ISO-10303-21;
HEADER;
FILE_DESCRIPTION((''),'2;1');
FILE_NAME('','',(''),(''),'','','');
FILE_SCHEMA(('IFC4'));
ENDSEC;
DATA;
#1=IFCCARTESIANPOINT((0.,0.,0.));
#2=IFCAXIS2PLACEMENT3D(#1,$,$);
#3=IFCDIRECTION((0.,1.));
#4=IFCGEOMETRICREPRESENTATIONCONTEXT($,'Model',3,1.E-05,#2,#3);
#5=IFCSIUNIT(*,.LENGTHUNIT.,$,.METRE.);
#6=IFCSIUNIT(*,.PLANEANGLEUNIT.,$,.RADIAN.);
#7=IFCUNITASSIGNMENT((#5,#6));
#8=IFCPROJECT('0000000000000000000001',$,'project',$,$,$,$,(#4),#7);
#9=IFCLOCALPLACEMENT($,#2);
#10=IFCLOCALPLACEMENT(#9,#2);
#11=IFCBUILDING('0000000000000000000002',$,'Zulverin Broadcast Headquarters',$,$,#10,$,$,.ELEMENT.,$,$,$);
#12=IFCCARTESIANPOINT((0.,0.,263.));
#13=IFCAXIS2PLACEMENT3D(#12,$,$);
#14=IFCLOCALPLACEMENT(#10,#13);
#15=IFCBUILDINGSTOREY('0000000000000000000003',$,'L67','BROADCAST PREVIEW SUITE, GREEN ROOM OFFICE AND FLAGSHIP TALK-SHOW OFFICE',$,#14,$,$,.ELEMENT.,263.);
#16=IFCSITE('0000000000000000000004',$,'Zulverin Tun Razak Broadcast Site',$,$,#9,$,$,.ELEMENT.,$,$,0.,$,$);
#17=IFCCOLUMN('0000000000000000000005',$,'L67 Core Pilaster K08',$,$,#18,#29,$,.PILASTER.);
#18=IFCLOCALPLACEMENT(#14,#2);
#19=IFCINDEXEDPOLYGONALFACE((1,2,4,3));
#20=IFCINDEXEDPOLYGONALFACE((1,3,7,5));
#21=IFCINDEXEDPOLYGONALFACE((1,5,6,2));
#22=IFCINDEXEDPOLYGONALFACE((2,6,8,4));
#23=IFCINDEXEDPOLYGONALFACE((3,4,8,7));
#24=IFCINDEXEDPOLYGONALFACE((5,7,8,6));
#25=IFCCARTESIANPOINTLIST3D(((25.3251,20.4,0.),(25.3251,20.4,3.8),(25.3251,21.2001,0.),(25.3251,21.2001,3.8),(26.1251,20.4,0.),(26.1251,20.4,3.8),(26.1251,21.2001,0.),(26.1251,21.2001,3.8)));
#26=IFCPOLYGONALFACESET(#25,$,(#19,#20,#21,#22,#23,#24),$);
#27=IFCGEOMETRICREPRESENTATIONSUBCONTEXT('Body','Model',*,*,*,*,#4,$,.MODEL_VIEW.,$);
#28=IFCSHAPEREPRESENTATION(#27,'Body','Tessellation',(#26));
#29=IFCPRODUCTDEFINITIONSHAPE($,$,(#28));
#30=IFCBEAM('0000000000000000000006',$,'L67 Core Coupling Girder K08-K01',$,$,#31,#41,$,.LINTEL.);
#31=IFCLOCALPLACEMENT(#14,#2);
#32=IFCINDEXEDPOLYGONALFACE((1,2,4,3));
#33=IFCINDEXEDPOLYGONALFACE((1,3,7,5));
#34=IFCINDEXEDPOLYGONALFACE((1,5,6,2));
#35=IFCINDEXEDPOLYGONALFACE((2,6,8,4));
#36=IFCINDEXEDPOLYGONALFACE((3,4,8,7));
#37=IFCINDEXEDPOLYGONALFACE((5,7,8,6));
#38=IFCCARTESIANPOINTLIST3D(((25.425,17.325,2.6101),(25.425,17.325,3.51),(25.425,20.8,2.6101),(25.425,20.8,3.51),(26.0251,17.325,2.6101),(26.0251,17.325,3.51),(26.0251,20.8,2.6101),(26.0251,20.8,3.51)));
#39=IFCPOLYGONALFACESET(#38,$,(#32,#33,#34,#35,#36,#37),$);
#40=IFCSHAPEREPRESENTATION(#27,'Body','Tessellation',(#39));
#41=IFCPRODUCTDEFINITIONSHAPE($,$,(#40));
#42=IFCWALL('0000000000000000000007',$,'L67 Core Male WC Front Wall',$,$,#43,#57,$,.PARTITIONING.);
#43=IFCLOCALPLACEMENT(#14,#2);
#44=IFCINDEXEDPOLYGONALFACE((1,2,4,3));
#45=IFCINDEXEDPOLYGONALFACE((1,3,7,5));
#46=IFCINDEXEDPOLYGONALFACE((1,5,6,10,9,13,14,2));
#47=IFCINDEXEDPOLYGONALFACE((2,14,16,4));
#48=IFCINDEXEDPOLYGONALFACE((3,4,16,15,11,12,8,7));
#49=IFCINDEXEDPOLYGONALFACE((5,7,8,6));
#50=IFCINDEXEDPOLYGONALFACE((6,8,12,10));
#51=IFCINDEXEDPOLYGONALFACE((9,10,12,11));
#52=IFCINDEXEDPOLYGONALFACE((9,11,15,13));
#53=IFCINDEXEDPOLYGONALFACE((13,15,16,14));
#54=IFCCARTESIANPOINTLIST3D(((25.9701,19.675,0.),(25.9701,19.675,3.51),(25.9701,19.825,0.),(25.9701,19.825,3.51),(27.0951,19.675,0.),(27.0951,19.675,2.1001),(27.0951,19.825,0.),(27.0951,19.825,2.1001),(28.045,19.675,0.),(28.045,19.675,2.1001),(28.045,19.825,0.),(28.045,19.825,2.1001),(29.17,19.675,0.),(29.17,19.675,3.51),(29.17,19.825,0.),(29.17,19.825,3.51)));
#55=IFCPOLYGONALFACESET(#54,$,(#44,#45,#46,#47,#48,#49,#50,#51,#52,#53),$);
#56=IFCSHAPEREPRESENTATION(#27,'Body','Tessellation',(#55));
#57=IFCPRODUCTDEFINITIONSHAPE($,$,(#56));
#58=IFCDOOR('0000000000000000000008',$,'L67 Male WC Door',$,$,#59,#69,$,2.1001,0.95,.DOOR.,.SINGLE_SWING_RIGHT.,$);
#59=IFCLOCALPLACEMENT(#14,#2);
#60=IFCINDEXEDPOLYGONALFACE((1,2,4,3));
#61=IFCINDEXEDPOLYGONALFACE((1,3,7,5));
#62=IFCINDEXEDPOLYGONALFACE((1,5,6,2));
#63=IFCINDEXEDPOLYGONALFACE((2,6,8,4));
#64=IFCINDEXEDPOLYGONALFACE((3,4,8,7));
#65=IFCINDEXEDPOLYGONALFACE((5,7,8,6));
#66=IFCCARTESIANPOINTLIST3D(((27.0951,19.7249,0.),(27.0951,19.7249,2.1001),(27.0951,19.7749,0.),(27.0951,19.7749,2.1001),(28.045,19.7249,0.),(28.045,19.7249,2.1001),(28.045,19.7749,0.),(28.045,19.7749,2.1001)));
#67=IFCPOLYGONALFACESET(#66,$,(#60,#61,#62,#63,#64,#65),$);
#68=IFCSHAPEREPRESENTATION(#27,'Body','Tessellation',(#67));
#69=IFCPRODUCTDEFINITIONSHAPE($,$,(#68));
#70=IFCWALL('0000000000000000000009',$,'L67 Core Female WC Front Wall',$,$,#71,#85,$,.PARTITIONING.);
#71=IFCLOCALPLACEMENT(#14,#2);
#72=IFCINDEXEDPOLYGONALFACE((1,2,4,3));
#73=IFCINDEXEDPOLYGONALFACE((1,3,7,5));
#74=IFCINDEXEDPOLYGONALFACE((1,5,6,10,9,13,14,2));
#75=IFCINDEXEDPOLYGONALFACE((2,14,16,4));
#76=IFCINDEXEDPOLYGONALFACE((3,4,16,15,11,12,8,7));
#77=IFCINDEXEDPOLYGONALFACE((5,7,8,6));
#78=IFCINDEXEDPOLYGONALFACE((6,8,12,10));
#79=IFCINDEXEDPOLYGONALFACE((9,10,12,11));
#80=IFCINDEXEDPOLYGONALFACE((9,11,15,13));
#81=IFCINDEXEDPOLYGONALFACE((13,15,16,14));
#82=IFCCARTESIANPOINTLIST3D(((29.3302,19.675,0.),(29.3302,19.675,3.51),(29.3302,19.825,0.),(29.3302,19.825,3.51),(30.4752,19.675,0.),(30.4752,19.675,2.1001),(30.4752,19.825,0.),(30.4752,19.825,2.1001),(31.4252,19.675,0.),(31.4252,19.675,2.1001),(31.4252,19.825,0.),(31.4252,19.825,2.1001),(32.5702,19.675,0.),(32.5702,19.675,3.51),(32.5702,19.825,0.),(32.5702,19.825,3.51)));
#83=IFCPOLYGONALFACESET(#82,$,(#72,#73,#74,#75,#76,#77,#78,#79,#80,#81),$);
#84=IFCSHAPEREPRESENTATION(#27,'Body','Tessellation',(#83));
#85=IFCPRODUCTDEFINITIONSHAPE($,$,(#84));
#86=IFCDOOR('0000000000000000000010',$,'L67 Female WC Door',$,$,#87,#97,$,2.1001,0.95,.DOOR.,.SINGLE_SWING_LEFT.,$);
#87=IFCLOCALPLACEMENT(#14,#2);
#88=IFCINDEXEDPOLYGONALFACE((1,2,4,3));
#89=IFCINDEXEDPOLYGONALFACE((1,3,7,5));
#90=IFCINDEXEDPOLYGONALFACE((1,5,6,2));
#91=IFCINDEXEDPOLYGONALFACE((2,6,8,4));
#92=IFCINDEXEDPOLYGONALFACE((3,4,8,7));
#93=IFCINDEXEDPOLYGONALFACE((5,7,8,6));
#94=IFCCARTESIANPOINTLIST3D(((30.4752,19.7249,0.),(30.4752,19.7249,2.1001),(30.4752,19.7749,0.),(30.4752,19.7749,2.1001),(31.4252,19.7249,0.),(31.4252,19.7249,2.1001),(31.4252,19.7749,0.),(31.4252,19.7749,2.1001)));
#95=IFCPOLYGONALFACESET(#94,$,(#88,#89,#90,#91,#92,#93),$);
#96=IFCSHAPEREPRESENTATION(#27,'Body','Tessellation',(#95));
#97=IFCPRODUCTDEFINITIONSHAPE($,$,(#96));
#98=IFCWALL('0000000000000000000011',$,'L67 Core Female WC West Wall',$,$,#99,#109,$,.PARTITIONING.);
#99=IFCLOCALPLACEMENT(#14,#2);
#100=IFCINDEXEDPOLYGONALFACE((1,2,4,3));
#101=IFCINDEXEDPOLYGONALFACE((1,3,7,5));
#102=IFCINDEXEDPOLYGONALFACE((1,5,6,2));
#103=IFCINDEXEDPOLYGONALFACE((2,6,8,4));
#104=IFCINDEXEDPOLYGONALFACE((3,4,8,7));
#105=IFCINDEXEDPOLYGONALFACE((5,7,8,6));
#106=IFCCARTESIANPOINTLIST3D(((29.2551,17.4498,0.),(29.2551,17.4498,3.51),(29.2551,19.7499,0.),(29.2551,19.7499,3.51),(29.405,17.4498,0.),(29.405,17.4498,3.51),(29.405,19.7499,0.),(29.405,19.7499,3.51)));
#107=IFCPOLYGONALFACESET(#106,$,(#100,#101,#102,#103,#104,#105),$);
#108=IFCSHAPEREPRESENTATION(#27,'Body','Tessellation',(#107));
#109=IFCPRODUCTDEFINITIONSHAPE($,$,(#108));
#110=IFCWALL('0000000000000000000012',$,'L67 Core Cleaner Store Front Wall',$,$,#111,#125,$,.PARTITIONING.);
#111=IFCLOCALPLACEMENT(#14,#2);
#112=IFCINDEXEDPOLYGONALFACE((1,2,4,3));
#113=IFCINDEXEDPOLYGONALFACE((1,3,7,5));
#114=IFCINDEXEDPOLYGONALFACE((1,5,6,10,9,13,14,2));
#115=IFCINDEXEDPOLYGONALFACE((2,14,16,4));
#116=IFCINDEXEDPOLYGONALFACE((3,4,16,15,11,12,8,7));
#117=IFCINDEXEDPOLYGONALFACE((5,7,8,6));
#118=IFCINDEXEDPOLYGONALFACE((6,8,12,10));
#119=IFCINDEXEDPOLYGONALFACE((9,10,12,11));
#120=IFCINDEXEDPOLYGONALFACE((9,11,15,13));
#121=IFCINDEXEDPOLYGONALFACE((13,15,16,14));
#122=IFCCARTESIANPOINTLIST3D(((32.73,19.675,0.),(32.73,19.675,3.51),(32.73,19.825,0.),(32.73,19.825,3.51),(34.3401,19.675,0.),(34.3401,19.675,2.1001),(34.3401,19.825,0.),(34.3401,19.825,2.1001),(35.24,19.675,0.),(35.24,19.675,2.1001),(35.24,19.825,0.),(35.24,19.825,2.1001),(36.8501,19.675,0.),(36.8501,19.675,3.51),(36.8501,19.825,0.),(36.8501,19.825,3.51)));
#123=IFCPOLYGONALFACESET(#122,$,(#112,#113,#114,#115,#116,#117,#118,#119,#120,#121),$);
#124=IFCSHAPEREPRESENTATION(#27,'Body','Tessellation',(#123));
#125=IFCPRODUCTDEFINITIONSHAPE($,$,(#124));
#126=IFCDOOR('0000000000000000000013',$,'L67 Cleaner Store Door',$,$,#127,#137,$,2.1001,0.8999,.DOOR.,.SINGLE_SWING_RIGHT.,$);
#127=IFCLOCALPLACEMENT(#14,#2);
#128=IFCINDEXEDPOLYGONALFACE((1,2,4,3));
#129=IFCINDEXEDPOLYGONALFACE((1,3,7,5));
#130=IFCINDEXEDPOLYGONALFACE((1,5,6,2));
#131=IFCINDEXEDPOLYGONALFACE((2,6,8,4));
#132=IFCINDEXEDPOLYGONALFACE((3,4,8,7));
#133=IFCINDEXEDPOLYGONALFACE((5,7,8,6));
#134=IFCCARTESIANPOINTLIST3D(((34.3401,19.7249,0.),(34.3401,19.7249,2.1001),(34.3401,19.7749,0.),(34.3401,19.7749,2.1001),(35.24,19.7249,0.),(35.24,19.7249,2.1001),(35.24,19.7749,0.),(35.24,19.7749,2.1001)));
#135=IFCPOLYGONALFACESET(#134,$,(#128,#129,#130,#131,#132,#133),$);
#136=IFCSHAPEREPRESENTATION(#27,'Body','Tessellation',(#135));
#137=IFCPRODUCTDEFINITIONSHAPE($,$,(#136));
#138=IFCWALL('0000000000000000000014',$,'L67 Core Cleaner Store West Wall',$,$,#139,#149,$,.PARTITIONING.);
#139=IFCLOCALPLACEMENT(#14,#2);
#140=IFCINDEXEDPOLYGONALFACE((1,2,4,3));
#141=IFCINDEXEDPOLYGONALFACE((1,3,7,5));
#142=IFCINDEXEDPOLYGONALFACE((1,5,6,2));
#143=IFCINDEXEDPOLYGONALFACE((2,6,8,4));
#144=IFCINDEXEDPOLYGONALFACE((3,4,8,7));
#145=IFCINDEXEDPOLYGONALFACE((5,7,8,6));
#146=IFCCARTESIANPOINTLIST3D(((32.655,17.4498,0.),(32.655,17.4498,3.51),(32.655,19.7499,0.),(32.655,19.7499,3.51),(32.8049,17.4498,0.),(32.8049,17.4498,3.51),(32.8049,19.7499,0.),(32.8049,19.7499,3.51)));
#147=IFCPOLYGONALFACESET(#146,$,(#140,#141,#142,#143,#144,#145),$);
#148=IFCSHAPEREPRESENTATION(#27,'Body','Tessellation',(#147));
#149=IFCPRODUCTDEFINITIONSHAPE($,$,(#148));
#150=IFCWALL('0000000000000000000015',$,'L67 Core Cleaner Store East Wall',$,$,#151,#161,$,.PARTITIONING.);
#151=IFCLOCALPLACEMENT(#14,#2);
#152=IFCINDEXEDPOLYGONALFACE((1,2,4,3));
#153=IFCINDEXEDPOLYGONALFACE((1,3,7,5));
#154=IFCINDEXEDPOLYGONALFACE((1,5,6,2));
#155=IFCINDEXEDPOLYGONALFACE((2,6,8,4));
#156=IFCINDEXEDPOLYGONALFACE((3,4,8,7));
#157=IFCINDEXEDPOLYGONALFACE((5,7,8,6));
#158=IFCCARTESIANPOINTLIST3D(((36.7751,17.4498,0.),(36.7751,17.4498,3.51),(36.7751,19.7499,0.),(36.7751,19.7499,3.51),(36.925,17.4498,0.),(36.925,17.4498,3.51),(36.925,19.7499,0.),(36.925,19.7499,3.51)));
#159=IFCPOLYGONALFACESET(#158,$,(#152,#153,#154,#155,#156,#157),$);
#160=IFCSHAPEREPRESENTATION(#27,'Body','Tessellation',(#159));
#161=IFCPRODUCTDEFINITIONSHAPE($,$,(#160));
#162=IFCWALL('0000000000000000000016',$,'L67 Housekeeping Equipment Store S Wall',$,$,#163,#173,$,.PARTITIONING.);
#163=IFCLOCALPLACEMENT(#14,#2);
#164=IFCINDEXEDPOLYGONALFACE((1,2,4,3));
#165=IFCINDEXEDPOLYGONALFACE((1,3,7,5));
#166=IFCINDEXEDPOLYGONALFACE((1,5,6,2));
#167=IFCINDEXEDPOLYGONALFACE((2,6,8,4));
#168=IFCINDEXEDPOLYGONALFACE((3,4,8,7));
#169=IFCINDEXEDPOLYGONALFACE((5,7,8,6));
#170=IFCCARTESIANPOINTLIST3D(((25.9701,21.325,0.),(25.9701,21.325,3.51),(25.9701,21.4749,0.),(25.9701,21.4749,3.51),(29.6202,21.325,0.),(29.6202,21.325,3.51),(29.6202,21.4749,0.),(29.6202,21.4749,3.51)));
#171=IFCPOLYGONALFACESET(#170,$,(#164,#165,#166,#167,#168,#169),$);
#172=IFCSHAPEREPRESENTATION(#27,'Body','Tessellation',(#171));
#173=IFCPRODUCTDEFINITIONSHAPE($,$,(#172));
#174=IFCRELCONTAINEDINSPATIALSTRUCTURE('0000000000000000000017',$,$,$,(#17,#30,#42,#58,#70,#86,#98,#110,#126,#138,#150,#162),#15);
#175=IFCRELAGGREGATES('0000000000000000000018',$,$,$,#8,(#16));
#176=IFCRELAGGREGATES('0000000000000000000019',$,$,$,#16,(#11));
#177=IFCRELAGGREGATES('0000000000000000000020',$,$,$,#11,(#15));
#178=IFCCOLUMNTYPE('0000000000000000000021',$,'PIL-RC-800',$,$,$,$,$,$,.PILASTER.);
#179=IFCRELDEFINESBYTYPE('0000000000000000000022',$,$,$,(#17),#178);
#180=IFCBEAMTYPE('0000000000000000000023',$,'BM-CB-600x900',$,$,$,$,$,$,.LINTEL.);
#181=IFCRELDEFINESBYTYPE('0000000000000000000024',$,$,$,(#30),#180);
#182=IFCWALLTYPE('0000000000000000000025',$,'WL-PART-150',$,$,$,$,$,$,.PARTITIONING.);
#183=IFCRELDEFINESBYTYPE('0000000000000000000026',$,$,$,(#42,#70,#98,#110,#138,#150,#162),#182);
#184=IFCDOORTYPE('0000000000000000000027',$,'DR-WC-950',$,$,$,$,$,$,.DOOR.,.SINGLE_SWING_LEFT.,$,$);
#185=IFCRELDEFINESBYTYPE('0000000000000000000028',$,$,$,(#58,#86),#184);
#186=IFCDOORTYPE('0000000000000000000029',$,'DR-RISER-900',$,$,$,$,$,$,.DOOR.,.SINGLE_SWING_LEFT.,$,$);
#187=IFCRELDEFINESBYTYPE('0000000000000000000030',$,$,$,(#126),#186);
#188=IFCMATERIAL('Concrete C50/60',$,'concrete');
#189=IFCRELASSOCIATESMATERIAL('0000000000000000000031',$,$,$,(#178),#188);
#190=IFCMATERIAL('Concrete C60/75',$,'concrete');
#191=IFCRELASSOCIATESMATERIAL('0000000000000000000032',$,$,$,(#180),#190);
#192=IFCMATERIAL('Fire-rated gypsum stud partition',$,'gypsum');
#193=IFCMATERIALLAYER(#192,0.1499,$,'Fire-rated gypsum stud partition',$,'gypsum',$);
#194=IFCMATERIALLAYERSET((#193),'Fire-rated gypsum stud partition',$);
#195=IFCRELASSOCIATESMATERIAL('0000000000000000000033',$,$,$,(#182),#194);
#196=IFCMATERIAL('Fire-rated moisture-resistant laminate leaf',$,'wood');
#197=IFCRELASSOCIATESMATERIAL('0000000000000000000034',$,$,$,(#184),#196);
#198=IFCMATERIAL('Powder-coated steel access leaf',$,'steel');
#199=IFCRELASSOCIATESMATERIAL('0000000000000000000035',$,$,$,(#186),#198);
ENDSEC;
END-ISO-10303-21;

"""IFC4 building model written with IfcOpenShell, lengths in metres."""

from ifc_helpers import new_model, si_unit, direction, frame, frame_2d, origin, origin_2d, place, context, subcontext, project, spatial, rectangle, extrude, material, layer, layer_set, material_profile, profile_set, type_object, element, fill, save


model = new_model("IFC4")

# Units and contexts
model_context = context("Model", 3, precision=1e-05, world=origin(), true_north=direction((0.0, 1.0)))
body_context = subcontext(model_context, "Body", "Model", "MODEL_VIEW")
ifc_project = project(units=[si_unit("LENGTHUNIT", "METRE"), si_unit("PLANEANGLEUNIT", "RADIAN")], contexts=[model_context])

# Site, building, storey
site_placement = place(None, origin())
site = spatial("IfcSite", under=ifc_project, at=site_placement, Name="Zulverin Tun Razak Broadcast Site", CompositionType="ELEMENT", RefElevation=0.0)
building_placement = place(site_placement, origin())
building = spatial("IfcBuilding", under=site, at=building_placement, Name="Zulverin Broadcast Headquarters", CompositionType="ELEMENT")
storey_placement = place(building_placement, frame((0.0, 0.0, 263.0)))
storey = spatial("IfcBuildingStorey", under=building, at=storey_placement, Name="L67", Description="BROADCAST PREVIEW SUITE, GREEN ROOM OFFICE AND FLAGSHIP TALK-SHOW OFFICE", CompositionType="ELEMENT", Elevation=263.0)

# Column
ifc_material_1 = material(Name="Concrete C50/60", Category="concrete")
ifc_material_profile_1 = material_profile(ifc_material_1, rectangle(XDim=0.8, YDim=0.8, at=origin_2d()), Name="Concrete C50/60", Category="concrete")
ifc_profile_set_1 = profile_set([ifc_material_profile_1], Name="Concrete C50/60")
column_type = type_object("IfcColumnType", Name="PIL-RC-800", PredefinedType="PILASTER", material=ifc_profile_set_1)
column_placement = place(storey_placement, frame((25.7251, 20.8, 0.0), z_axis=(0.0, 0.0, 1.0), x_axis=(1.0, 0.0, 0.0)))
element("IfcColumn", 1, at=column_placement, inside=storey, type_object=column_type, Name="L67 Core Pilaster K08", PredefinedType="PILASTER", context=body_context, shape_type="SweptSolid", body=[
    extrude(rectangle(XDim=0.8, YDim=0.8, at=origin_2d()), origin(), (0.0, 0.0, 1.0), 3.8),
])

# Beam
ifc_material_2 = material(Name="Concrete C60/75", Category="concrete")
ifc_material_profile_2 = material_profile(ifc_material_2, rectangle(XDim=0.6001, YDim=0.8999, at=origin_2d()), Name="Concrete C60/75", Category="concrete")
ifc_profile_set_2 = profile_set([ifc_material_profile_2], Name="Concrete C60/75")
beam_type = type_object("IfcBeamType", Name="BM-CB-600x900", PredefinedType="LINTEL", material=ifc_profile_set_2)
beam_placement = place(storey_placement, frame((25.7251, 20.8, 3.0601), z_axis=(0.0, -1.0, 0.0), x_axis=(1.0, 0.0, 0.0)))
element("IfcBeam", 2, at=beam_placement, inside=storey, type_object=beam_type, Name="L67 Core Coupling Girder K08-K01", PredefinedType="LINTEL", context=body_context, shape_type="SweptSolid", body=[
    extrude(rectangle(XDim=0.6001, YDim=0.8999, at=origin_2d()), origin(), (0.0, 0.0, 1.0), 3.4751),
])

# Walls, openings, doors
ifc_material_3 = material(Name="Fire-rated gypsum stud partition", Category="gypsum")
ifc_layer_1 = layer(ifc_material_3, 0.1499, Name="Fire-rated gypsum stud partition", Category="gypsum")
ifc_layer_set_1 = layer_set([ifc_layer_1], Name="Fire-rated gypsum stud partition")
wall_type_1 = type_object("IfcWallType", Name="WL-PART-150", PredefinedType="PARTITIONING", material=ifc_layer_set_1)
wall_1_placement = place(storey_placement, frame((25.97, 19.75, 0.0), z_axis=(0.0, 0.0, 1.0), x_axis=(1.0, 0.0, 0.0)))
wall_1 = element("IfcWall", 3, at=wall_1_placement, inside=storey, type_object=wall_type_1, Name="L67 Core Male WC Front Wall", PredefinedType="PARTITIONING", context=body_context, shape_type="SweptSolid", body=[
    extrude(rectangle(XDim=3.2, YDim=0.1499, at=frame_2d((1.6001, 0.0))), origin(), (0.0, 0.0, 1.0), 3.51),
])
opening_1_placement = place(wall_1_placement, frame((1.125, 0.0, 0.0)))
opening_1 = element("IfcOpeningElement", 4, at=opening_1_placement, cuts=wall_1, PredefinedType="OPENING", context=body_context, shape_type="SweptSolid", body=[
    extrude(rectangle(XDim=0.95, YDim=2.1001, at=frame_2d((0.4751, 1.05))), frame((0.0, 0.085, 0.0), z_axis=(0.0, -1.0, 0.0), x_axis=(1.0, 0.0, 0.0)), (0.0, 0.0, 1.0), 0.1699),
])
ifc_material_4 = material(Name="Fire-rated moisture-resistant laminate leaf", Category="wood")
door_type_1 = type_object("IfcDoorType", Name="DR-WC-950", OperationType="SINGLE_SWING_LEFT", PredefinedType="DOOR", material=ifc_material_4)
door_1_placement = place(opening_1_placement, origin())
door_1 = element("IfcDoor", 5, at=door_1_placement, inside=storey, type_object=door_type_1, Name="L67 Male WC Door", OperationType="SINGLE_SWING_RIGHT", OverallHeight=2.1001, OverallWidth=0.95, PredefinedType="DOOR", context=body_context, shape_type="SweptSolid", body=[
    extrude(rectangle(XDim=0.95, YDim=2.1001, at=frame_2d((0.4751, 1.05))), frame((0.0, 0.0249, 0.0), z_axis=(0.0, -1.0, 0.0), x_axis=(1.0, 0.0, 0.0)), (0.0, 0.0, 1.0), 0.05),
])
fill(opening_1, door_1)
wall_2_placement = place(storey_placement, frame((29.3301, 19.75, 0.0), z_axis=(0.0, 0.0, 1.0), x_axis=(1.0, 0.0, 0.0)))
wall_2 = element("IfcWall", 6, at=wall_2_placement, inside=storey, type_object=wall_type_1, Name="L67 Core Female WC Front Wall", PredefinedType="PARTITIONING", context=body_context, shape_type="SweptSolid", body=[
    extrude(rectangle(XDim=3.24, YDim=0.1499, at=frame_2d((1.6201, 0.0))), origin(), (0.0, 0.0, 1.0), 3.51),
])
opening_2_placement = place(wall_2_placement, frame((1.145, 0.0, 0.0)))
opening_2 = element("IfcOpeningElement", 7, at=opening_2_placement, cuts=wall_2, PredefinedType="OPENING", context=body_context, shape_type="SweptSolid", body=[
    extrude(rectangle(XDim=0.95, YDim=2.1001, at=frame_2d((0.4751, 1.05))), frame((0.0, 0.085, 0.0), z_axis=(0.0, -1.0, 0.0), x_axis=(1.0, 0.0, 0.0)), (0.0, 0.0, 1.0), 0.1699),
])
door_2_placement = place(opening_2_placement, origin())
door_2 = element("IfcDoor", 8, at=door_2_placement, inside=storey, type_object=door_type_1, Name="L67 Female WC Door", OperationType="SINGLE_SWING_LEFT", OverallHeight=2.1001, OverallWidth=0.95, PredefinedType="DOOR", context=body_context, shape_type="SweptSolid", body=[
    extrude(rectangle(XDim=0.95, YDim=2.1001, at=frame_2d((0.4751, 1.05))), frame((0.0, 0.0249, 0.0), z_axis=(0.0, -1.0, 0.0), x_axis=(1.0, 0.0, 0.0)), (0.0, 0.0, 1.0), 0.05),
])
fill(opening_2, door_2)

# Wall
wall_3_placement = place(storey_placement, frame((29.3301, 17.45, 0.0), z_axis=(0.0, 0.0, 1.0), x_axis=(0.0, 1.0, 0.0)))
element("IfcWall", 9, at=wall_3_placement, inside=storey, type_object=wall_type_1, Name="L67 Core Female WC West Wall", PredefinedType="PARTITIONING", context=body_context, shape_type="SweptSolid", body=[
    extrude(rectangle(XDim=2.3, YDim=0.1499, at=frame_2d((1.1499, 0.0))), origin(), (0.0, 0.0, 1.0), 3.51),
])

# Wall, opening, door
wall_4_placement = place(storey_placement, frame((32.73, 19.75, 0.0), z_axis=(0.0, 0.0, 1.0), x_axis=(1.0, 0.0, 0.0)))
wall_4 = element("IfcWall", 10, at=wall_4_placement, inside=storey, type_object=wall_type_1, Name="L67 Core Cleaner Store Front Wall", PredefinedType="PARTITIONING", context=body_context, shape_type="SweptSolid", body=[
    extrude(rectangle(XDim=4.1201, YDim=0.1499, at=frame_2d((2.0601, 0.0))), origin(), (0.0, 0.0, 1.0), 3.51),
])
opening_3_placement = place(wall_4_placement, frame((1.6101, 0.0, 0.0)))
opening_3 = element("IfcOpeningElement", 11, at=opening_3_placement, cuts=wall_4, PredefinedType="OPENING", context=body_context, shape_type="SweptSolid", body=[
    extrude(rectangle(XDim=0.8999, YDim=2.1001, at=frame_2d((0.45, 1.05))), frame((0.0, 0.085, 0.0), z_axis=(0.0, -1.0, 0.0), x_axis=(1.0, 0.0, 0.0)), (0.0, 0.0, 1.0), 0.1699),
])
ifc_material_5 = material(Name="Powder-coated steel access leaf", Category="steel")
door_type_2 = type_object("IfcDoorType", Name="DR-RISER-900", OperationType="SINGLE_SWING_LEFT", PredefinedType="DOOR", material=ifc_material_5)
door_3_placement = place(opening_3_placement, origin())
door_3 = element("IfcDoor", 12, at=door_3_placement, inside=storey, type_object=door_type_2, Name="L67 Cleaner Store Door", OperationType="SINGLE_SWING_RIGHT", OverallHeight=2.1001, OverallWidth=0.8999, PredefinedType="DOOR", context=body_context, shape_type="SweptSolid", body=[
    extrude(rectangle(XDim=0.8999, YDim=2.1001, at=frame_2d((0.45, 1.05))), frame((0.0, 0.0249, 0.0), z_axis=(0.0, -1.0, 0.0), x_axis=(1.0, 0.0, 0.0)), (0.0, 0.0, 1.0), 0.05),
])
fill(opening_3, door_3)

# Walls
for number, where, z_axis, x_axis, name in (
    (13, (32.73, 17.45, 0.0), (0.0, 0.0, 1.0), (0.0, 1.0, 0.0), "L67 Core Cleaner Store West Wall"),
    (14, (36.8501, 17.45, 0.0), (0.0, 0.0, 1.0), (0.0, 1.0, 0.0), "L67 Core Cleaner Store East Wall"),
):
    element("IfcWall", number, at=place(storey_placement, frame(where, z_axis=z_axis, x_axis=x_axis)), inside=storey, type_object=wall_type_1, Name=name, PredefinedType="PARTITIONING", context=body_context, shape_type="SweptSolid", body=[
        extrude(rectangle(XDim=2.3, YDim=0.1499, at=frame_2d((1.1499, 0.0))), origin(), (0.0, 0.0, 1.0), 3.51),
    ])
wall_5_placement = place(storey_placement, frame((25.97, 21.3999, 0.0), z_axis=(0.0, 0.0, 1.0), x_axis=(1.0, 0.0, 0.0)))
element("IfcWall", 15, at=wall_5_placement, inside=storey, type_object=wall_type_1, Name="L67 Housekeeping Equipment Store S Wall", PredefinedType="PARTITIONING", context=body_context, shape_type="SweptSolid", body=[
    extrude(rectangle(XDim=3.6501, YDim=0.1499, at=frame_2d((1.8252, 0.0))), origin(), (0.0, 0.0, 1.0), 3.51),
])

save(model, "model.ifc")
